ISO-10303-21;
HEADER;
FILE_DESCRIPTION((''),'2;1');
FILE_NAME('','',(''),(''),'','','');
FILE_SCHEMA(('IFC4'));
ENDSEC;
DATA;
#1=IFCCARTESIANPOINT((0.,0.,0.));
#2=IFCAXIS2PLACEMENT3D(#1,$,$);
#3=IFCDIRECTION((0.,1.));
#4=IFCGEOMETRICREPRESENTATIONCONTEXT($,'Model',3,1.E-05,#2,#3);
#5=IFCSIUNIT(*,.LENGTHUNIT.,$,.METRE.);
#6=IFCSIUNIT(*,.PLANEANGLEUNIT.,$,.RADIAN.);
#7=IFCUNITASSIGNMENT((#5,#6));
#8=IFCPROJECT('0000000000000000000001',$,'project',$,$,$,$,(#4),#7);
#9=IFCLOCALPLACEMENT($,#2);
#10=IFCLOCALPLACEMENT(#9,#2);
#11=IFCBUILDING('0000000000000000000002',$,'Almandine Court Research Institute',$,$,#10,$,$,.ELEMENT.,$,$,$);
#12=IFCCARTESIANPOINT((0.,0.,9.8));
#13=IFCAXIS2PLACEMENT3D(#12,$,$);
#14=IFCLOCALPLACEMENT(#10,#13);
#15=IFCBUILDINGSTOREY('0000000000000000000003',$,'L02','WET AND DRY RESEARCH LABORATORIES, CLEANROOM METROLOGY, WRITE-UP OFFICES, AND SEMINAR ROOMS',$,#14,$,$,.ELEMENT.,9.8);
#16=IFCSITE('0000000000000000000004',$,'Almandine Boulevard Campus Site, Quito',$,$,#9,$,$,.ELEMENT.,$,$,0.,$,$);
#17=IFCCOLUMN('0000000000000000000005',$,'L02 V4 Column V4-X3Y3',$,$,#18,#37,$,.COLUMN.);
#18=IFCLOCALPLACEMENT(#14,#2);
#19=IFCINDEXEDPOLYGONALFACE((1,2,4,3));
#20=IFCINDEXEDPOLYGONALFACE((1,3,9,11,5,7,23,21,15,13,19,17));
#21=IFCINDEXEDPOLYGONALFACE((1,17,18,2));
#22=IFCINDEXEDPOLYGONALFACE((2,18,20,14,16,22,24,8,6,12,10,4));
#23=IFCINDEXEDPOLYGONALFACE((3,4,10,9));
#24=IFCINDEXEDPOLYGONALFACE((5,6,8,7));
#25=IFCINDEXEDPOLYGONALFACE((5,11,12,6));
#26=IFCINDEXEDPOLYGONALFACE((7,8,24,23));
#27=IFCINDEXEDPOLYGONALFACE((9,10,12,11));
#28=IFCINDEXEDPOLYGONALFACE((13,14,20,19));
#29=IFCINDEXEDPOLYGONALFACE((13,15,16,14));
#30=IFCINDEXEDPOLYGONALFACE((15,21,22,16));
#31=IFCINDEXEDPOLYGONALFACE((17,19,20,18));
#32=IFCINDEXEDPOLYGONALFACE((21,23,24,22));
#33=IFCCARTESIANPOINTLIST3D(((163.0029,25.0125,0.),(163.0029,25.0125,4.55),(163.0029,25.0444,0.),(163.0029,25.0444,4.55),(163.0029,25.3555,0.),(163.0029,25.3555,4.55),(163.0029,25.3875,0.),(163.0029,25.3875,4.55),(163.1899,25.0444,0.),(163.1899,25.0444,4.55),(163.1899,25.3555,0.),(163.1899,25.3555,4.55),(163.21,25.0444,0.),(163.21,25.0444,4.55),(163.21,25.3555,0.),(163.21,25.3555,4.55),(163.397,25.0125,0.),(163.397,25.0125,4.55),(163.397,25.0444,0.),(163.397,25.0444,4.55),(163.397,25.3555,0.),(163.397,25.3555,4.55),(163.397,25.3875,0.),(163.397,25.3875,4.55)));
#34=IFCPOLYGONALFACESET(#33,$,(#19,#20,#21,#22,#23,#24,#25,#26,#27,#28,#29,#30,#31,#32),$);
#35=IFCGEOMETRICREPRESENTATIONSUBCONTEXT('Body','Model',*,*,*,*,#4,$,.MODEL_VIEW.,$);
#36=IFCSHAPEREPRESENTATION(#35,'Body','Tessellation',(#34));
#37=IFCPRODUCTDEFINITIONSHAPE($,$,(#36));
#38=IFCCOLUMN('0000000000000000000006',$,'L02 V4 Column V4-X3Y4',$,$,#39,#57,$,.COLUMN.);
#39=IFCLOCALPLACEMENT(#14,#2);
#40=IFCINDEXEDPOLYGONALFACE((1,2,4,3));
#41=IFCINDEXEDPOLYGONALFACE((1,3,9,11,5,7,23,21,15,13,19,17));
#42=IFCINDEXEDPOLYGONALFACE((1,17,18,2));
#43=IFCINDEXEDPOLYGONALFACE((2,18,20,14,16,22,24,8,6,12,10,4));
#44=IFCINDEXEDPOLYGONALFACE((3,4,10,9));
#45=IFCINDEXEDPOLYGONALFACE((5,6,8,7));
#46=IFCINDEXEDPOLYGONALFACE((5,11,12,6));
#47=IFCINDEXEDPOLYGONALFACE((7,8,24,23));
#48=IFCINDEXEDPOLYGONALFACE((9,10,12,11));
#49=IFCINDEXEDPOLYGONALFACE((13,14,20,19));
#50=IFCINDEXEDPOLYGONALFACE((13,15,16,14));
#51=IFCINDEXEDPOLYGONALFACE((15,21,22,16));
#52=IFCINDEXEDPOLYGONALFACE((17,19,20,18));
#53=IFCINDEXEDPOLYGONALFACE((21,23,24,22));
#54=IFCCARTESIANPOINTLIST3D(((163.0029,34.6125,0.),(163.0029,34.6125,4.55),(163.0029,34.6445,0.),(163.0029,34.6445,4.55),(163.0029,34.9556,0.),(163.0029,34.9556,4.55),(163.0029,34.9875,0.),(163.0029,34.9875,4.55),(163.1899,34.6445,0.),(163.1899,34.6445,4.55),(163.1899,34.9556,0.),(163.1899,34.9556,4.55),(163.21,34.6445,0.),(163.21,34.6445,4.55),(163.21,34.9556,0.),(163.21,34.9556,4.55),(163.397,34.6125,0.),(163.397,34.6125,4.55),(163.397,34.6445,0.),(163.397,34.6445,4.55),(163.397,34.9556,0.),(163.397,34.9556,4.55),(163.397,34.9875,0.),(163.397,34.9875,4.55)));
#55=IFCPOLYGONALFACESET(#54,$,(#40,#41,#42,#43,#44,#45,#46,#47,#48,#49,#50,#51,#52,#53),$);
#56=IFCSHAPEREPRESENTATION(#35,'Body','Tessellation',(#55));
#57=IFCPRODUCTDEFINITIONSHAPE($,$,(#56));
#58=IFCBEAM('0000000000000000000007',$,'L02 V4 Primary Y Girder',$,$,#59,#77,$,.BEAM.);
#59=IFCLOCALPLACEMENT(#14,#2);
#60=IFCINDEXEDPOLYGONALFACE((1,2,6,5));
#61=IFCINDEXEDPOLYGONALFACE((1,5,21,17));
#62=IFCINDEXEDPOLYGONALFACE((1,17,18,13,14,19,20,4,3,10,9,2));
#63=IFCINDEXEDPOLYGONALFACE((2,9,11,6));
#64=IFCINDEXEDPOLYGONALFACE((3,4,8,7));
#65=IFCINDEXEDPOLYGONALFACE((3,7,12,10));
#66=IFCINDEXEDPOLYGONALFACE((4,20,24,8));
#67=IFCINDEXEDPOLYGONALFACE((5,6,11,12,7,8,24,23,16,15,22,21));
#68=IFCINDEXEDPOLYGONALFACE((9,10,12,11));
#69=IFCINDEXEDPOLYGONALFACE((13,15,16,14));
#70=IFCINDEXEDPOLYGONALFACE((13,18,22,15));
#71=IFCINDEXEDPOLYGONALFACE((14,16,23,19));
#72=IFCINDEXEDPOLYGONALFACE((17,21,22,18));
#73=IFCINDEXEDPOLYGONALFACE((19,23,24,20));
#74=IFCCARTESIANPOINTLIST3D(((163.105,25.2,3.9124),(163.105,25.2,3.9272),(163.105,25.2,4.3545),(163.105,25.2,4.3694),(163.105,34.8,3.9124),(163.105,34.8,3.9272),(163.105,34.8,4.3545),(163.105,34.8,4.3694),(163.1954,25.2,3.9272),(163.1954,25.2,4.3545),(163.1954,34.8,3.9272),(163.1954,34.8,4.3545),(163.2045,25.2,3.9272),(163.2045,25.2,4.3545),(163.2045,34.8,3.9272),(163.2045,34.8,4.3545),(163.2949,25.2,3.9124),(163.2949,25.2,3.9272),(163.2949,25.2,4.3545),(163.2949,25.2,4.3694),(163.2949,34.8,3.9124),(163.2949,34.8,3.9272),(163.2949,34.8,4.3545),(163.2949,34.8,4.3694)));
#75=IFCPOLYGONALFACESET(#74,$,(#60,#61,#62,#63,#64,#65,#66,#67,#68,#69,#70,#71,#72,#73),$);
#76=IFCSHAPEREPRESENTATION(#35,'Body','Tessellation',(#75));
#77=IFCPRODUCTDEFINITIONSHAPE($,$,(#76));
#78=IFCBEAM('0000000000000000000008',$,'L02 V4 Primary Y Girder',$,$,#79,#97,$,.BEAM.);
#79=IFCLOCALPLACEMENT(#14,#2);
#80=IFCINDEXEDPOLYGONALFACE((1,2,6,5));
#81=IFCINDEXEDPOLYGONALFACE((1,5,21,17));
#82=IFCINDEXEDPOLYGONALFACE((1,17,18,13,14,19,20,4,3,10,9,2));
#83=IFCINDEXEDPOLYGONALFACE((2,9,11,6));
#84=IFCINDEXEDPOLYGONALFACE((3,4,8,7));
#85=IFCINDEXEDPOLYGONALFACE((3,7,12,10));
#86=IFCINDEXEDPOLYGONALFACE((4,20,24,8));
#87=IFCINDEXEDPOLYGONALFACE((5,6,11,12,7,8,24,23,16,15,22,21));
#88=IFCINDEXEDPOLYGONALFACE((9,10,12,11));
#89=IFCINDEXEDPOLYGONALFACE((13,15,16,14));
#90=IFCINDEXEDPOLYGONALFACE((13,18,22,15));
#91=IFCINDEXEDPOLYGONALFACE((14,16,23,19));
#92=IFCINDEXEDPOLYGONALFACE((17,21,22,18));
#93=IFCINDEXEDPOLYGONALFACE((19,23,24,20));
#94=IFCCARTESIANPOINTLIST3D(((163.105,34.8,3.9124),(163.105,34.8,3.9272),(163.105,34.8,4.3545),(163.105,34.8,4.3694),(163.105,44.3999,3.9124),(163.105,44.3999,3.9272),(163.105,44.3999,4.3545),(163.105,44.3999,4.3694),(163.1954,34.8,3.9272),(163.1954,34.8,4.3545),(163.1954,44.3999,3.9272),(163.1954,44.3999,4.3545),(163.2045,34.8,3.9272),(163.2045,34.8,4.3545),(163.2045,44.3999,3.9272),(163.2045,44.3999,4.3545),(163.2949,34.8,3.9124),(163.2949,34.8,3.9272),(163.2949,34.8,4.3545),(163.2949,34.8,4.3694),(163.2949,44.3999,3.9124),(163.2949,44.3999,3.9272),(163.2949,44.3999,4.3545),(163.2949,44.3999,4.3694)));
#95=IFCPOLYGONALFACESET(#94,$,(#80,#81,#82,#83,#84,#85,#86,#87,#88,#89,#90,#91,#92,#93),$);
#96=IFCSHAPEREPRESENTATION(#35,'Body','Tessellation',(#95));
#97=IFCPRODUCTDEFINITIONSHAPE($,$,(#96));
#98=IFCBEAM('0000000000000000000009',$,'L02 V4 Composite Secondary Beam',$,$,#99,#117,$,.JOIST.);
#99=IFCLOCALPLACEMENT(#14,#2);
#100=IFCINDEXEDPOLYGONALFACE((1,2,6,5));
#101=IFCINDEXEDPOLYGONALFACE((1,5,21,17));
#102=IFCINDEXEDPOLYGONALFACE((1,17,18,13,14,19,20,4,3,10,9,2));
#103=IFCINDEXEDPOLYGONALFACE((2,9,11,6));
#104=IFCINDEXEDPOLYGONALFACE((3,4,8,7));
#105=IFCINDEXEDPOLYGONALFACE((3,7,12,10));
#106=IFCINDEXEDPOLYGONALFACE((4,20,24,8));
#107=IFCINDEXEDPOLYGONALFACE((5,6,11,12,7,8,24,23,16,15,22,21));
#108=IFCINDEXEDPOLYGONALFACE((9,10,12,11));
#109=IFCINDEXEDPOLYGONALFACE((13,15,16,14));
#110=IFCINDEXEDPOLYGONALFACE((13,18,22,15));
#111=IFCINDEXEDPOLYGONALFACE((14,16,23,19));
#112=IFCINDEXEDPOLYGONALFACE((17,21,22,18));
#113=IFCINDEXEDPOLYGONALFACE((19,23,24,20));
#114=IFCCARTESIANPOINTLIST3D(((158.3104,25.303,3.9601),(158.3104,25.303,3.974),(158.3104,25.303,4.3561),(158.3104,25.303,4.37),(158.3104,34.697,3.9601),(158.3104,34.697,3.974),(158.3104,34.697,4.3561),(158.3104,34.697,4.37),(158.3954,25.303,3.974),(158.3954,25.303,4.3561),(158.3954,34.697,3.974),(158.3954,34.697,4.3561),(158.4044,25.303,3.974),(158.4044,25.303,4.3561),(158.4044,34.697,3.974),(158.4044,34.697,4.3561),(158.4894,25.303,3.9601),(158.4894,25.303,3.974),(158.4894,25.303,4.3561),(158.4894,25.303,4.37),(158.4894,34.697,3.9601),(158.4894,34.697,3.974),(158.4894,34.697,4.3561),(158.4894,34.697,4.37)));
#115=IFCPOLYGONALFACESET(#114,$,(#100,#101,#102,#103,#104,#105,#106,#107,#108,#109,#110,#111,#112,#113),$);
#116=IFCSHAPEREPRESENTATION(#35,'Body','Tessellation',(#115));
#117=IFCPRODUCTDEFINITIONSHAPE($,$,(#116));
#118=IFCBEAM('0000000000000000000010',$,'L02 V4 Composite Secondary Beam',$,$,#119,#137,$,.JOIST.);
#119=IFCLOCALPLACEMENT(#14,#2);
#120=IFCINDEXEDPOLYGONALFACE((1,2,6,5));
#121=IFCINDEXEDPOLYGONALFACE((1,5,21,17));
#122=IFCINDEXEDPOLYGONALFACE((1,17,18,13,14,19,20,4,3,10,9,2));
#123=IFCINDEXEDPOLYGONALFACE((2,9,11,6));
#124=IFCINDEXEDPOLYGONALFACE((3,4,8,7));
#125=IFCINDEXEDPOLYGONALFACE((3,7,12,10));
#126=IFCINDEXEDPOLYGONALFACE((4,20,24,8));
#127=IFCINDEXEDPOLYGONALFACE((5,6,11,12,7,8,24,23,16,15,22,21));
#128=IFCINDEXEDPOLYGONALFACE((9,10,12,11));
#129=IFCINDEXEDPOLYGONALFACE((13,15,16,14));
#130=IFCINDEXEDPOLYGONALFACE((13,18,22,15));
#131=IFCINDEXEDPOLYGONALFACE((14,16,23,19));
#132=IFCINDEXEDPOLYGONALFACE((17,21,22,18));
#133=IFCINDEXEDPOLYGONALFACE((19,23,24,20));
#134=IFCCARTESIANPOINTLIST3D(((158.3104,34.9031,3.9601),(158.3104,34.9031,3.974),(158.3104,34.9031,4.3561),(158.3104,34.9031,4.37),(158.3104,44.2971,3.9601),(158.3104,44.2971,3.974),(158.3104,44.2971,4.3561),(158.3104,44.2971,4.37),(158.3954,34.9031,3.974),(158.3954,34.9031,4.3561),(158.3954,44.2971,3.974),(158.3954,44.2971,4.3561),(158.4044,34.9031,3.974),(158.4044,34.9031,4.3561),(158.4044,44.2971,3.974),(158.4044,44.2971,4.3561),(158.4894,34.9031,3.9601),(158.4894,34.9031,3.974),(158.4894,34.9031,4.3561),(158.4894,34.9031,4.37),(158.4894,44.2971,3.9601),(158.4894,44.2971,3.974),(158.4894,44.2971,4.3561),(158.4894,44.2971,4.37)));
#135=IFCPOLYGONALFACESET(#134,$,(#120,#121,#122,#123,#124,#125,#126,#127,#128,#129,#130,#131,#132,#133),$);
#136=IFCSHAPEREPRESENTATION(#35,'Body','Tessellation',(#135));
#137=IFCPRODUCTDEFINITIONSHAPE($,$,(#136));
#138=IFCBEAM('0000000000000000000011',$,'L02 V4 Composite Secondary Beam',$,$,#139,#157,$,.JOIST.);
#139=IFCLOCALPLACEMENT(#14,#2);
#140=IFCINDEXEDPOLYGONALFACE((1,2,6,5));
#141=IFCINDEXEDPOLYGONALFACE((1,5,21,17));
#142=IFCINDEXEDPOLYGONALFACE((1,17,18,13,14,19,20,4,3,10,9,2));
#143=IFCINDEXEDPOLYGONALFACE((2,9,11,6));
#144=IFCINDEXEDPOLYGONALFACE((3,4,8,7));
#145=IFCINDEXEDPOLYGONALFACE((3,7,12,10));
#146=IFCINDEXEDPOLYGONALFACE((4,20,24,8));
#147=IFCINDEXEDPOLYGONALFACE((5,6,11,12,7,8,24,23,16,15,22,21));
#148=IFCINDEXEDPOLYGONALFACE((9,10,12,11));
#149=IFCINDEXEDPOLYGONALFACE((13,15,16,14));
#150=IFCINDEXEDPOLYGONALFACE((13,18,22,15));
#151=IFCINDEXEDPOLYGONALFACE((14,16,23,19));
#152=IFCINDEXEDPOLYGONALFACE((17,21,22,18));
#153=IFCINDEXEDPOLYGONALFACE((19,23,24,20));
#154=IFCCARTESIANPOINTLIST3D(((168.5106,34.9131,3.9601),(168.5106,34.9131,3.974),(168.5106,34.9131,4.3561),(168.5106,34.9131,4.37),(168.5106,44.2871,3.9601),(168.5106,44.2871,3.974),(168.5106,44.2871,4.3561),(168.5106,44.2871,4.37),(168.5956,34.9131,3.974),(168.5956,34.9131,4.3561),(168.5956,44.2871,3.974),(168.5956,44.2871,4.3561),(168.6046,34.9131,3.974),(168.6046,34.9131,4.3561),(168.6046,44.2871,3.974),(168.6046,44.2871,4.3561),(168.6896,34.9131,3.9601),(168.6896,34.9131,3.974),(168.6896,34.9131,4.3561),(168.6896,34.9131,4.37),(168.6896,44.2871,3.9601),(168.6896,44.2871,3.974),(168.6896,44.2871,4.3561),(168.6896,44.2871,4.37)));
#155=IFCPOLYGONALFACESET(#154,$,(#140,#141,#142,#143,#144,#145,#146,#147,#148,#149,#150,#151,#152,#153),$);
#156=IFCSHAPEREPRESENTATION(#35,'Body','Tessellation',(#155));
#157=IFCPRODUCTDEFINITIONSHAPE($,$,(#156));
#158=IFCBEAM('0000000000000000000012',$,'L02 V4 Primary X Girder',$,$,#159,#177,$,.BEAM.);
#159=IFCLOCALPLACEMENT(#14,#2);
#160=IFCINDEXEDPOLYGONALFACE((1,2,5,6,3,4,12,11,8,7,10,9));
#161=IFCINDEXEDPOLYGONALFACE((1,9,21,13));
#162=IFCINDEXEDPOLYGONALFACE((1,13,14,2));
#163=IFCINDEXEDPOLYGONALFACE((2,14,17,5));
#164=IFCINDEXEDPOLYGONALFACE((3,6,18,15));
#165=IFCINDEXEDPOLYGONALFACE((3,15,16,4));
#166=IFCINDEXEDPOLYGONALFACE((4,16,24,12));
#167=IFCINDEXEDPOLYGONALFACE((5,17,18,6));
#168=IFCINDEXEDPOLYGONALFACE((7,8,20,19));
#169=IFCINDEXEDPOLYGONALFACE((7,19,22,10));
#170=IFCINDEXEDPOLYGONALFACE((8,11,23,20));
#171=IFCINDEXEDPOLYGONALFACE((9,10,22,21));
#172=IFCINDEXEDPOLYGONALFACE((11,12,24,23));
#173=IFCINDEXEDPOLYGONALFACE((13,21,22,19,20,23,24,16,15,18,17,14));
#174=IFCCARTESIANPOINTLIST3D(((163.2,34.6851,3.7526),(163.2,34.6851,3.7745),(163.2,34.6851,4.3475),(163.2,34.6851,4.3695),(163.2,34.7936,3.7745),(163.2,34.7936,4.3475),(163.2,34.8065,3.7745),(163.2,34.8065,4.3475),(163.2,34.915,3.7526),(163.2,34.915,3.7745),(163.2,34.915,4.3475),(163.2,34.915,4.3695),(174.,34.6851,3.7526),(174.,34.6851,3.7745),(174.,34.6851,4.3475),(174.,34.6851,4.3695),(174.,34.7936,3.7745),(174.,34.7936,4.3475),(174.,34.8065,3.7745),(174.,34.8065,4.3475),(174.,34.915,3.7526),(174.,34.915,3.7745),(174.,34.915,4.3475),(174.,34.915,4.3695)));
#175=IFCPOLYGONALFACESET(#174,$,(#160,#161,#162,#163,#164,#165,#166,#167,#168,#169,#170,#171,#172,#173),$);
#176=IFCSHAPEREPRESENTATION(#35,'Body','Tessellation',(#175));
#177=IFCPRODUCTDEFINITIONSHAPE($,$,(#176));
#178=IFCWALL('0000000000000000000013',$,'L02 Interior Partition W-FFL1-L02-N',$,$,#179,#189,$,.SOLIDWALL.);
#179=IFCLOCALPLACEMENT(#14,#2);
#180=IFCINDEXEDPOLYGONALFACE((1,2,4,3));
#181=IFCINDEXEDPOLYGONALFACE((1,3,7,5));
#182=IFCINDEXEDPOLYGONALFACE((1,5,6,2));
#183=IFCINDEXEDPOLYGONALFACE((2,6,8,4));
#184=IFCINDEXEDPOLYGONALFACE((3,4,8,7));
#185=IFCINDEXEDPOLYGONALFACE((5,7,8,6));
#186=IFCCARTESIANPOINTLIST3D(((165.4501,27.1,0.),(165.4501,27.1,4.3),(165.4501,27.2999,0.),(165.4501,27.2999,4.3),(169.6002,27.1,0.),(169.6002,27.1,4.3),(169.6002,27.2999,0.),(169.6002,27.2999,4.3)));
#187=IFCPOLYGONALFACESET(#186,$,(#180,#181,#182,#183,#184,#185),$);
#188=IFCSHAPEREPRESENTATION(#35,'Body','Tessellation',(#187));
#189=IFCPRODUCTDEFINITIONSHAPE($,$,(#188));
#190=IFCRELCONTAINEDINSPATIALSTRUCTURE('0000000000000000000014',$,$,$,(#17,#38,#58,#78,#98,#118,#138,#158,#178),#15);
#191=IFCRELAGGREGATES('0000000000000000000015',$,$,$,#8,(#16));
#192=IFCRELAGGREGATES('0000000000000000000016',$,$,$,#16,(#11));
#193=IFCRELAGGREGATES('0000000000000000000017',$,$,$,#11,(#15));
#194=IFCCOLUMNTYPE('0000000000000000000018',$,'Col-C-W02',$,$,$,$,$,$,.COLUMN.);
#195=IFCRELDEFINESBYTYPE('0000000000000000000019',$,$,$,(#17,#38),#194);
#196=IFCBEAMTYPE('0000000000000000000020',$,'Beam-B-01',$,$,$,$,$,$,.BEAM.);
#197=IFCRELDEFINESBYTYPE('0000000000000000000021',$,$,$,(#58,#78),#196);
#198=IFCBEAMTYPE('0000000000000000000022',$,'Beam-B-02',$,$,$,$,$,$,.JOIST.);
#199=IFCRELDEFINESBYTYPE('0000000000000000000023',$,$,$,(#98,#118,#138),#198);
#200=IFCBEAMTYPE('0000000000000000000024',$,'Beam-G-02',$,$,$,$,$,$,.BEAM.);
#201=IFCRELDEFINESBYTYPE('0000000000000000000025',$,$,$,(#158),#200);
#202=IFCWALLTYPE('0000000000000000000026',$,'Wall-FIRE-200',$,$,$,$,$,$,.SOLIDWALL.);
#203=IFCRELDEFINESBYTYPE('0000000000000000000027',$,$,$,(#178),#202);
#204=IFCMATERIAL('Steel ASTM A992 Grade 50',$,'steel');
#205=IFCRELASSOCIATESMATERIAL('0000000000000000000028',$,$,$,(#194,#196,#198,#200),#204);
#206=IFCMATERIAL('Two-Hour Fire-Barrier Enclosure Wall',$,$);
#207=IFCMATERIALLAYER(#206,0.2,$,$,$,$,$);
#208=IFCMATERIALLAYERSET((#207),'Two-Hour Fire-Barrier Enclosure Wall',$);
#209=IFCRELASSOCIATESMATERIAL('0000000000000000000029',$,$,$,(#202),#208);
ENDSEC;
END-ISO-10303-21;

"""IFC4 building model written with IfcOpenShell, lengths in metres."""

from ifc_helpers import new_model, si_unit, direction, frame, frame_2d, origin, origin_2d, place, context, subcontext, project, spatial, rectangle, i_section, extrude, material, layer, layer_set, material_profile, profile_set, type_object, element, save


model = new_model("IFC4")

# Units and contexts
model_context = context("Model", 3, precision=1e-05, world=origin(), true_north=direction((0.0, 1.0)))
body_context = subcontext(model_context, "Body", "Model", "MODEL_VIEW")
ifc_project = project(units=[si_unit("LENGTHUNIT", "METRE"), si_unit("PLANEANGLEUNIT", "RADIAN")], contexts=[model_context])

# Site, building, storey
site_placement = place(None, origin())
site = spatial("IfcSite", under=ifc_project, at=site_placement, Name="Almandine Boulevard Campus Site, Quito", CompositionType="ELEMENT", RefElevation=0.0)
building_placement = place(site_placement, origin())
building = spatial("IfcBuilding", under=site, at=building_placement, Name="Almandine Court Research Institute", CompositionType="ELEMENT")
storey_placement = place(building_placement, frame((0.0, 0.0, 9.8)))
storey = spatial("IfcBuildingStorey", under=building, at=storey_placement, Name="L02", Description="WET AND DRY RESEARCH LABORATORIES, CLEANROOM METROLOGY, WRITE-UP OFFICES, AND SEMINAR ROOMS", CompositionType="ELEMENT", Elevation=9.8)

# Columns
ifc_material_1 = material(Name="Steel ASTM A992 Grade 50", Category="steel")
ifc_material_profile_1 = material_profile(ifc_material_1, i_section(OverallWidth=0.394, OverallDepth=0.375, WebThickness=0.02, FlangeThickness=0.032, at=origin_2d()), Name="W360x216")
ifc_profile_set_1 = profile_set([ifc_material_profile_1], Name="Steel ASTM A992 Grade 50")
column_type = type_object("IfcColumnType", Name="Col-C-W02", PredefinedType="COLUMN", material=ifc_profile_set_1)
for number, where, z_axis, x_axis, name in (
    (1, (163.2, 25.2, 0.0), (0.0, 0.0, 1.0), (1.0, 0.0, 0.0), "L02 V4 Column V4-X3Y3"),
    (2, (163.2, 34.8, 0.0), (0.0, 0.0, 1.0), (1.0, 0.0, 0.0), "L02 V4 Column V4-X3Y4"),
):
    element("IfcColumn", number, at=place(storey_placement, frame(where, z_axis=z_axis, x_axis=x_axis)), inside=storey, type_object=column_type, Name=name, PredefinedType="COLUMN", context=body_context, shape_type="SweptSolid", body=[
        extrude(i_section(OverallWidth=0.394, OverallDepth=0.375, WebThickness=0.02, FlangeThickness=0.032, at=origin_2d()), origin(), (0.0, 0.0, 1.0), 4.55),
    ])

# Beams
ifc_material_profile_2 = material_profile(ifc_material_1, i_section(OverallWidth=0.1899, OverallDepth=0.457, WebThickness=0.009, FlangeThickness=0.0149, at=origin_2d()), Name="W460x74")
ifc_profile_set_2 = profile_set([ifc_material_profile_2], Name="Steel ASTM A992 Grade 50")
beam_type_1 = type_object("IfcBeamType", Name="Beam-B-01", PredefinedType="BEAM", material=ifc_profile_set_2)
beam_1_placement = place(storey_placement, frame((163.2, 25.2, 4.1409), z_axis=(0.0, 1.0, 0.0), x_axis=(-1.0, 0.0, 0.0)))
element("IfcBeam", 3, at=beam_1_placement, inside=storey, type_object=beam_type_1, Name="L02 V4 Primary Y Girder", PredefinedType="BEAM", context=body_context, shape_type="SweptSolid", body=[
    extrude(i_section(OverallWidth=0.1899, OverallDepth=0.457, WebThickness=0.009, FlangeThickness=0.0149, at=origin_2d()), origin(), (0.0, 0.0, 1.0), 9.6001),
])
beam_2_placement = place(storey_placement, frame((163.2, 34.8, 4.1409), z_axis=(0.0, 1.0, 0.0), x_axis=(-1.0, 0.0, 0.0)))
element("IfcBeam", 4, at=beam_2_placement, inside=storey, type_object=beam_type_1, Name="L02 V4 Primary Y Girder", PredefinedType="BEAM", context=body_context, shape_type="SweptSolid", body=[
    extrude(i_section(OverallWidth=0.1899, OverallDepth=0.457, WebThickness=0.009, FlangeThickness=0.0149, at=origin_2d()), origin(), (0.0, 0.0, 1.0), 9.5999),
])
ifc_material_profile_3 = material_profile(ifc_material_1, i_section(OverallWidth=0.179, OverallDepth=0.4099, WebThickness=0.009, FlangeThickness=0.0139, at=origin_2d()), Name="W410x67")
ifc_profile_set_3 = profile_set([ifc_material_profile_3], Name="Steel ASTM A992 Grade 50")
beam_type_2 = type_object("IfcBeamType", Name="Beam-B-02", PredefinedType="JOIST", material=ifc_profile_set_3)
for number, where, z_axis, x_axis, name in (
    (5, (158.3999, 25.303, 4.165), (0.0, 1.0, 0.0), (-1.0, 0.0, 0.0), "L02 V4 Composite Secondary Beam"),
    (6, (158.3999, 34.9031, 4.165), (0.0, 1.0, 0.0), (-1.0, 0.0, 0.0), "L02 V4 Composite Secondary Beam"),
):
    element("IfcBeam", number, at=place(storey_placement, frame(where, z_axis=z_axis, x_axis=x_axis)), inside=storey, type_object=beam_type_2, Name=name, PredefinedType="JOIST", context=body_context, shape_type="SweptSolid", body=[
        extrude(i_section(OverallWidth=0.179, OverallDepth=0.4099, WebThickness=0.009, FlangeThickness=0.0139, at=origin_2d()), origin(), (0.0, 0.0, 1.0), 9.394),
    ])
beam_3_placement = place(storey_placement, frame((168.6001, 34.9131, 4.165), z_axis=(0.0, 1.0, 0.0), x_axis=(-1.0, 0.0, 0.0)))
element("IfcBeam", 7, at=beam_3_placement, inside=storey, type_object=beam_type_2, Name="L02 V4 Composite Secondary Beam", PredefinedType="JOIST", context=body_context, shape_type="SweptSolid", body=[
    extrude(i_section(OverallWidth=0.179, OverallDepth=0.4099, WebThickness=0.009, FlangeThickness=0.0139, at=origin_2d()), origin(), (0.0, 0.0, 1.0), 9.374),
])
ifc_material_profile_4 = material_profile(ifc_material_1, i_section(OverallWidth=0.23, OverallDepth=0.6169, WebThickness=0.0129, FlangeThickness=0.022, at=origin_2d()), Name="W610x140")
ifc_profile_set_4 = profile_set([ifc_material_profile_4], Name="Steel ASTM A992 Grade 50")
beam_type_3 = type_object("IfcBeamType", Name="Beam-G-02", PredefinedType="BEAM", material=ifc_profile_set_4)
beam_4_placement = place(storey_placement, frame((163.2, 34.8, 4.061), z_axis=(1.0, 0.0, 0.0), x_axis=(0.0, 1.0, 0.0)))
element("IfcBeam", 8, at=beam_4_placement, inside=storey, type_object=beam_type_3, Name="L02 V4 Primary X Girder", PredefinedType="BEAM", context=body_context, shape_type="SweptSolid", body=[
    extrude(i_section(OverallWidth=0.23, OverallDepth=0.6169, WebThickness=0.0129, FlangeThickness=0.022, at=origin_2d()), origin(), (0.0, 0.0, 1.0), 10.8),
])

# Wall
ifc_material_2 = material(Name="Two-Hour Fire-Barrier Enclosure Wall")
ifc_layer_1 = layer(ifc_material_2, 0.2)
ifc_layer_set_1 = layer_set([ifc_layer_1], Name="Two-Hour Fire-Barrier Enclosure Wall")
wall_type_1 = type_object("IfcWallType", Name="Wall-FIRE-200", PredefinedType="SOLIDWALL", material=ifc_layer_set_1)
wall_1_placement = place(storey_placement, frame((165.45, 27.2, 0.0), z_axis=(0.0, 0.0, 1.0), x_axis=(1.0, 0.0, 0.0)))
element("IfcWall", 9, at=wall_1_placement, inside=storey, type_object=wall_type_1, Name="L02 Interior Partition W-FFL1-L02-N", PredefinedType="SOLIDWALL", context=body_context, shape_type="SweptSolid", body=[
    extrude(rectangle(XDim=4.1501, YDim=0.2, at=frame_2d((2.0752, 0.0))), origin(), (0.0, 0.0, 1.0), 4.3),
])

save(model, "model.ifc")
